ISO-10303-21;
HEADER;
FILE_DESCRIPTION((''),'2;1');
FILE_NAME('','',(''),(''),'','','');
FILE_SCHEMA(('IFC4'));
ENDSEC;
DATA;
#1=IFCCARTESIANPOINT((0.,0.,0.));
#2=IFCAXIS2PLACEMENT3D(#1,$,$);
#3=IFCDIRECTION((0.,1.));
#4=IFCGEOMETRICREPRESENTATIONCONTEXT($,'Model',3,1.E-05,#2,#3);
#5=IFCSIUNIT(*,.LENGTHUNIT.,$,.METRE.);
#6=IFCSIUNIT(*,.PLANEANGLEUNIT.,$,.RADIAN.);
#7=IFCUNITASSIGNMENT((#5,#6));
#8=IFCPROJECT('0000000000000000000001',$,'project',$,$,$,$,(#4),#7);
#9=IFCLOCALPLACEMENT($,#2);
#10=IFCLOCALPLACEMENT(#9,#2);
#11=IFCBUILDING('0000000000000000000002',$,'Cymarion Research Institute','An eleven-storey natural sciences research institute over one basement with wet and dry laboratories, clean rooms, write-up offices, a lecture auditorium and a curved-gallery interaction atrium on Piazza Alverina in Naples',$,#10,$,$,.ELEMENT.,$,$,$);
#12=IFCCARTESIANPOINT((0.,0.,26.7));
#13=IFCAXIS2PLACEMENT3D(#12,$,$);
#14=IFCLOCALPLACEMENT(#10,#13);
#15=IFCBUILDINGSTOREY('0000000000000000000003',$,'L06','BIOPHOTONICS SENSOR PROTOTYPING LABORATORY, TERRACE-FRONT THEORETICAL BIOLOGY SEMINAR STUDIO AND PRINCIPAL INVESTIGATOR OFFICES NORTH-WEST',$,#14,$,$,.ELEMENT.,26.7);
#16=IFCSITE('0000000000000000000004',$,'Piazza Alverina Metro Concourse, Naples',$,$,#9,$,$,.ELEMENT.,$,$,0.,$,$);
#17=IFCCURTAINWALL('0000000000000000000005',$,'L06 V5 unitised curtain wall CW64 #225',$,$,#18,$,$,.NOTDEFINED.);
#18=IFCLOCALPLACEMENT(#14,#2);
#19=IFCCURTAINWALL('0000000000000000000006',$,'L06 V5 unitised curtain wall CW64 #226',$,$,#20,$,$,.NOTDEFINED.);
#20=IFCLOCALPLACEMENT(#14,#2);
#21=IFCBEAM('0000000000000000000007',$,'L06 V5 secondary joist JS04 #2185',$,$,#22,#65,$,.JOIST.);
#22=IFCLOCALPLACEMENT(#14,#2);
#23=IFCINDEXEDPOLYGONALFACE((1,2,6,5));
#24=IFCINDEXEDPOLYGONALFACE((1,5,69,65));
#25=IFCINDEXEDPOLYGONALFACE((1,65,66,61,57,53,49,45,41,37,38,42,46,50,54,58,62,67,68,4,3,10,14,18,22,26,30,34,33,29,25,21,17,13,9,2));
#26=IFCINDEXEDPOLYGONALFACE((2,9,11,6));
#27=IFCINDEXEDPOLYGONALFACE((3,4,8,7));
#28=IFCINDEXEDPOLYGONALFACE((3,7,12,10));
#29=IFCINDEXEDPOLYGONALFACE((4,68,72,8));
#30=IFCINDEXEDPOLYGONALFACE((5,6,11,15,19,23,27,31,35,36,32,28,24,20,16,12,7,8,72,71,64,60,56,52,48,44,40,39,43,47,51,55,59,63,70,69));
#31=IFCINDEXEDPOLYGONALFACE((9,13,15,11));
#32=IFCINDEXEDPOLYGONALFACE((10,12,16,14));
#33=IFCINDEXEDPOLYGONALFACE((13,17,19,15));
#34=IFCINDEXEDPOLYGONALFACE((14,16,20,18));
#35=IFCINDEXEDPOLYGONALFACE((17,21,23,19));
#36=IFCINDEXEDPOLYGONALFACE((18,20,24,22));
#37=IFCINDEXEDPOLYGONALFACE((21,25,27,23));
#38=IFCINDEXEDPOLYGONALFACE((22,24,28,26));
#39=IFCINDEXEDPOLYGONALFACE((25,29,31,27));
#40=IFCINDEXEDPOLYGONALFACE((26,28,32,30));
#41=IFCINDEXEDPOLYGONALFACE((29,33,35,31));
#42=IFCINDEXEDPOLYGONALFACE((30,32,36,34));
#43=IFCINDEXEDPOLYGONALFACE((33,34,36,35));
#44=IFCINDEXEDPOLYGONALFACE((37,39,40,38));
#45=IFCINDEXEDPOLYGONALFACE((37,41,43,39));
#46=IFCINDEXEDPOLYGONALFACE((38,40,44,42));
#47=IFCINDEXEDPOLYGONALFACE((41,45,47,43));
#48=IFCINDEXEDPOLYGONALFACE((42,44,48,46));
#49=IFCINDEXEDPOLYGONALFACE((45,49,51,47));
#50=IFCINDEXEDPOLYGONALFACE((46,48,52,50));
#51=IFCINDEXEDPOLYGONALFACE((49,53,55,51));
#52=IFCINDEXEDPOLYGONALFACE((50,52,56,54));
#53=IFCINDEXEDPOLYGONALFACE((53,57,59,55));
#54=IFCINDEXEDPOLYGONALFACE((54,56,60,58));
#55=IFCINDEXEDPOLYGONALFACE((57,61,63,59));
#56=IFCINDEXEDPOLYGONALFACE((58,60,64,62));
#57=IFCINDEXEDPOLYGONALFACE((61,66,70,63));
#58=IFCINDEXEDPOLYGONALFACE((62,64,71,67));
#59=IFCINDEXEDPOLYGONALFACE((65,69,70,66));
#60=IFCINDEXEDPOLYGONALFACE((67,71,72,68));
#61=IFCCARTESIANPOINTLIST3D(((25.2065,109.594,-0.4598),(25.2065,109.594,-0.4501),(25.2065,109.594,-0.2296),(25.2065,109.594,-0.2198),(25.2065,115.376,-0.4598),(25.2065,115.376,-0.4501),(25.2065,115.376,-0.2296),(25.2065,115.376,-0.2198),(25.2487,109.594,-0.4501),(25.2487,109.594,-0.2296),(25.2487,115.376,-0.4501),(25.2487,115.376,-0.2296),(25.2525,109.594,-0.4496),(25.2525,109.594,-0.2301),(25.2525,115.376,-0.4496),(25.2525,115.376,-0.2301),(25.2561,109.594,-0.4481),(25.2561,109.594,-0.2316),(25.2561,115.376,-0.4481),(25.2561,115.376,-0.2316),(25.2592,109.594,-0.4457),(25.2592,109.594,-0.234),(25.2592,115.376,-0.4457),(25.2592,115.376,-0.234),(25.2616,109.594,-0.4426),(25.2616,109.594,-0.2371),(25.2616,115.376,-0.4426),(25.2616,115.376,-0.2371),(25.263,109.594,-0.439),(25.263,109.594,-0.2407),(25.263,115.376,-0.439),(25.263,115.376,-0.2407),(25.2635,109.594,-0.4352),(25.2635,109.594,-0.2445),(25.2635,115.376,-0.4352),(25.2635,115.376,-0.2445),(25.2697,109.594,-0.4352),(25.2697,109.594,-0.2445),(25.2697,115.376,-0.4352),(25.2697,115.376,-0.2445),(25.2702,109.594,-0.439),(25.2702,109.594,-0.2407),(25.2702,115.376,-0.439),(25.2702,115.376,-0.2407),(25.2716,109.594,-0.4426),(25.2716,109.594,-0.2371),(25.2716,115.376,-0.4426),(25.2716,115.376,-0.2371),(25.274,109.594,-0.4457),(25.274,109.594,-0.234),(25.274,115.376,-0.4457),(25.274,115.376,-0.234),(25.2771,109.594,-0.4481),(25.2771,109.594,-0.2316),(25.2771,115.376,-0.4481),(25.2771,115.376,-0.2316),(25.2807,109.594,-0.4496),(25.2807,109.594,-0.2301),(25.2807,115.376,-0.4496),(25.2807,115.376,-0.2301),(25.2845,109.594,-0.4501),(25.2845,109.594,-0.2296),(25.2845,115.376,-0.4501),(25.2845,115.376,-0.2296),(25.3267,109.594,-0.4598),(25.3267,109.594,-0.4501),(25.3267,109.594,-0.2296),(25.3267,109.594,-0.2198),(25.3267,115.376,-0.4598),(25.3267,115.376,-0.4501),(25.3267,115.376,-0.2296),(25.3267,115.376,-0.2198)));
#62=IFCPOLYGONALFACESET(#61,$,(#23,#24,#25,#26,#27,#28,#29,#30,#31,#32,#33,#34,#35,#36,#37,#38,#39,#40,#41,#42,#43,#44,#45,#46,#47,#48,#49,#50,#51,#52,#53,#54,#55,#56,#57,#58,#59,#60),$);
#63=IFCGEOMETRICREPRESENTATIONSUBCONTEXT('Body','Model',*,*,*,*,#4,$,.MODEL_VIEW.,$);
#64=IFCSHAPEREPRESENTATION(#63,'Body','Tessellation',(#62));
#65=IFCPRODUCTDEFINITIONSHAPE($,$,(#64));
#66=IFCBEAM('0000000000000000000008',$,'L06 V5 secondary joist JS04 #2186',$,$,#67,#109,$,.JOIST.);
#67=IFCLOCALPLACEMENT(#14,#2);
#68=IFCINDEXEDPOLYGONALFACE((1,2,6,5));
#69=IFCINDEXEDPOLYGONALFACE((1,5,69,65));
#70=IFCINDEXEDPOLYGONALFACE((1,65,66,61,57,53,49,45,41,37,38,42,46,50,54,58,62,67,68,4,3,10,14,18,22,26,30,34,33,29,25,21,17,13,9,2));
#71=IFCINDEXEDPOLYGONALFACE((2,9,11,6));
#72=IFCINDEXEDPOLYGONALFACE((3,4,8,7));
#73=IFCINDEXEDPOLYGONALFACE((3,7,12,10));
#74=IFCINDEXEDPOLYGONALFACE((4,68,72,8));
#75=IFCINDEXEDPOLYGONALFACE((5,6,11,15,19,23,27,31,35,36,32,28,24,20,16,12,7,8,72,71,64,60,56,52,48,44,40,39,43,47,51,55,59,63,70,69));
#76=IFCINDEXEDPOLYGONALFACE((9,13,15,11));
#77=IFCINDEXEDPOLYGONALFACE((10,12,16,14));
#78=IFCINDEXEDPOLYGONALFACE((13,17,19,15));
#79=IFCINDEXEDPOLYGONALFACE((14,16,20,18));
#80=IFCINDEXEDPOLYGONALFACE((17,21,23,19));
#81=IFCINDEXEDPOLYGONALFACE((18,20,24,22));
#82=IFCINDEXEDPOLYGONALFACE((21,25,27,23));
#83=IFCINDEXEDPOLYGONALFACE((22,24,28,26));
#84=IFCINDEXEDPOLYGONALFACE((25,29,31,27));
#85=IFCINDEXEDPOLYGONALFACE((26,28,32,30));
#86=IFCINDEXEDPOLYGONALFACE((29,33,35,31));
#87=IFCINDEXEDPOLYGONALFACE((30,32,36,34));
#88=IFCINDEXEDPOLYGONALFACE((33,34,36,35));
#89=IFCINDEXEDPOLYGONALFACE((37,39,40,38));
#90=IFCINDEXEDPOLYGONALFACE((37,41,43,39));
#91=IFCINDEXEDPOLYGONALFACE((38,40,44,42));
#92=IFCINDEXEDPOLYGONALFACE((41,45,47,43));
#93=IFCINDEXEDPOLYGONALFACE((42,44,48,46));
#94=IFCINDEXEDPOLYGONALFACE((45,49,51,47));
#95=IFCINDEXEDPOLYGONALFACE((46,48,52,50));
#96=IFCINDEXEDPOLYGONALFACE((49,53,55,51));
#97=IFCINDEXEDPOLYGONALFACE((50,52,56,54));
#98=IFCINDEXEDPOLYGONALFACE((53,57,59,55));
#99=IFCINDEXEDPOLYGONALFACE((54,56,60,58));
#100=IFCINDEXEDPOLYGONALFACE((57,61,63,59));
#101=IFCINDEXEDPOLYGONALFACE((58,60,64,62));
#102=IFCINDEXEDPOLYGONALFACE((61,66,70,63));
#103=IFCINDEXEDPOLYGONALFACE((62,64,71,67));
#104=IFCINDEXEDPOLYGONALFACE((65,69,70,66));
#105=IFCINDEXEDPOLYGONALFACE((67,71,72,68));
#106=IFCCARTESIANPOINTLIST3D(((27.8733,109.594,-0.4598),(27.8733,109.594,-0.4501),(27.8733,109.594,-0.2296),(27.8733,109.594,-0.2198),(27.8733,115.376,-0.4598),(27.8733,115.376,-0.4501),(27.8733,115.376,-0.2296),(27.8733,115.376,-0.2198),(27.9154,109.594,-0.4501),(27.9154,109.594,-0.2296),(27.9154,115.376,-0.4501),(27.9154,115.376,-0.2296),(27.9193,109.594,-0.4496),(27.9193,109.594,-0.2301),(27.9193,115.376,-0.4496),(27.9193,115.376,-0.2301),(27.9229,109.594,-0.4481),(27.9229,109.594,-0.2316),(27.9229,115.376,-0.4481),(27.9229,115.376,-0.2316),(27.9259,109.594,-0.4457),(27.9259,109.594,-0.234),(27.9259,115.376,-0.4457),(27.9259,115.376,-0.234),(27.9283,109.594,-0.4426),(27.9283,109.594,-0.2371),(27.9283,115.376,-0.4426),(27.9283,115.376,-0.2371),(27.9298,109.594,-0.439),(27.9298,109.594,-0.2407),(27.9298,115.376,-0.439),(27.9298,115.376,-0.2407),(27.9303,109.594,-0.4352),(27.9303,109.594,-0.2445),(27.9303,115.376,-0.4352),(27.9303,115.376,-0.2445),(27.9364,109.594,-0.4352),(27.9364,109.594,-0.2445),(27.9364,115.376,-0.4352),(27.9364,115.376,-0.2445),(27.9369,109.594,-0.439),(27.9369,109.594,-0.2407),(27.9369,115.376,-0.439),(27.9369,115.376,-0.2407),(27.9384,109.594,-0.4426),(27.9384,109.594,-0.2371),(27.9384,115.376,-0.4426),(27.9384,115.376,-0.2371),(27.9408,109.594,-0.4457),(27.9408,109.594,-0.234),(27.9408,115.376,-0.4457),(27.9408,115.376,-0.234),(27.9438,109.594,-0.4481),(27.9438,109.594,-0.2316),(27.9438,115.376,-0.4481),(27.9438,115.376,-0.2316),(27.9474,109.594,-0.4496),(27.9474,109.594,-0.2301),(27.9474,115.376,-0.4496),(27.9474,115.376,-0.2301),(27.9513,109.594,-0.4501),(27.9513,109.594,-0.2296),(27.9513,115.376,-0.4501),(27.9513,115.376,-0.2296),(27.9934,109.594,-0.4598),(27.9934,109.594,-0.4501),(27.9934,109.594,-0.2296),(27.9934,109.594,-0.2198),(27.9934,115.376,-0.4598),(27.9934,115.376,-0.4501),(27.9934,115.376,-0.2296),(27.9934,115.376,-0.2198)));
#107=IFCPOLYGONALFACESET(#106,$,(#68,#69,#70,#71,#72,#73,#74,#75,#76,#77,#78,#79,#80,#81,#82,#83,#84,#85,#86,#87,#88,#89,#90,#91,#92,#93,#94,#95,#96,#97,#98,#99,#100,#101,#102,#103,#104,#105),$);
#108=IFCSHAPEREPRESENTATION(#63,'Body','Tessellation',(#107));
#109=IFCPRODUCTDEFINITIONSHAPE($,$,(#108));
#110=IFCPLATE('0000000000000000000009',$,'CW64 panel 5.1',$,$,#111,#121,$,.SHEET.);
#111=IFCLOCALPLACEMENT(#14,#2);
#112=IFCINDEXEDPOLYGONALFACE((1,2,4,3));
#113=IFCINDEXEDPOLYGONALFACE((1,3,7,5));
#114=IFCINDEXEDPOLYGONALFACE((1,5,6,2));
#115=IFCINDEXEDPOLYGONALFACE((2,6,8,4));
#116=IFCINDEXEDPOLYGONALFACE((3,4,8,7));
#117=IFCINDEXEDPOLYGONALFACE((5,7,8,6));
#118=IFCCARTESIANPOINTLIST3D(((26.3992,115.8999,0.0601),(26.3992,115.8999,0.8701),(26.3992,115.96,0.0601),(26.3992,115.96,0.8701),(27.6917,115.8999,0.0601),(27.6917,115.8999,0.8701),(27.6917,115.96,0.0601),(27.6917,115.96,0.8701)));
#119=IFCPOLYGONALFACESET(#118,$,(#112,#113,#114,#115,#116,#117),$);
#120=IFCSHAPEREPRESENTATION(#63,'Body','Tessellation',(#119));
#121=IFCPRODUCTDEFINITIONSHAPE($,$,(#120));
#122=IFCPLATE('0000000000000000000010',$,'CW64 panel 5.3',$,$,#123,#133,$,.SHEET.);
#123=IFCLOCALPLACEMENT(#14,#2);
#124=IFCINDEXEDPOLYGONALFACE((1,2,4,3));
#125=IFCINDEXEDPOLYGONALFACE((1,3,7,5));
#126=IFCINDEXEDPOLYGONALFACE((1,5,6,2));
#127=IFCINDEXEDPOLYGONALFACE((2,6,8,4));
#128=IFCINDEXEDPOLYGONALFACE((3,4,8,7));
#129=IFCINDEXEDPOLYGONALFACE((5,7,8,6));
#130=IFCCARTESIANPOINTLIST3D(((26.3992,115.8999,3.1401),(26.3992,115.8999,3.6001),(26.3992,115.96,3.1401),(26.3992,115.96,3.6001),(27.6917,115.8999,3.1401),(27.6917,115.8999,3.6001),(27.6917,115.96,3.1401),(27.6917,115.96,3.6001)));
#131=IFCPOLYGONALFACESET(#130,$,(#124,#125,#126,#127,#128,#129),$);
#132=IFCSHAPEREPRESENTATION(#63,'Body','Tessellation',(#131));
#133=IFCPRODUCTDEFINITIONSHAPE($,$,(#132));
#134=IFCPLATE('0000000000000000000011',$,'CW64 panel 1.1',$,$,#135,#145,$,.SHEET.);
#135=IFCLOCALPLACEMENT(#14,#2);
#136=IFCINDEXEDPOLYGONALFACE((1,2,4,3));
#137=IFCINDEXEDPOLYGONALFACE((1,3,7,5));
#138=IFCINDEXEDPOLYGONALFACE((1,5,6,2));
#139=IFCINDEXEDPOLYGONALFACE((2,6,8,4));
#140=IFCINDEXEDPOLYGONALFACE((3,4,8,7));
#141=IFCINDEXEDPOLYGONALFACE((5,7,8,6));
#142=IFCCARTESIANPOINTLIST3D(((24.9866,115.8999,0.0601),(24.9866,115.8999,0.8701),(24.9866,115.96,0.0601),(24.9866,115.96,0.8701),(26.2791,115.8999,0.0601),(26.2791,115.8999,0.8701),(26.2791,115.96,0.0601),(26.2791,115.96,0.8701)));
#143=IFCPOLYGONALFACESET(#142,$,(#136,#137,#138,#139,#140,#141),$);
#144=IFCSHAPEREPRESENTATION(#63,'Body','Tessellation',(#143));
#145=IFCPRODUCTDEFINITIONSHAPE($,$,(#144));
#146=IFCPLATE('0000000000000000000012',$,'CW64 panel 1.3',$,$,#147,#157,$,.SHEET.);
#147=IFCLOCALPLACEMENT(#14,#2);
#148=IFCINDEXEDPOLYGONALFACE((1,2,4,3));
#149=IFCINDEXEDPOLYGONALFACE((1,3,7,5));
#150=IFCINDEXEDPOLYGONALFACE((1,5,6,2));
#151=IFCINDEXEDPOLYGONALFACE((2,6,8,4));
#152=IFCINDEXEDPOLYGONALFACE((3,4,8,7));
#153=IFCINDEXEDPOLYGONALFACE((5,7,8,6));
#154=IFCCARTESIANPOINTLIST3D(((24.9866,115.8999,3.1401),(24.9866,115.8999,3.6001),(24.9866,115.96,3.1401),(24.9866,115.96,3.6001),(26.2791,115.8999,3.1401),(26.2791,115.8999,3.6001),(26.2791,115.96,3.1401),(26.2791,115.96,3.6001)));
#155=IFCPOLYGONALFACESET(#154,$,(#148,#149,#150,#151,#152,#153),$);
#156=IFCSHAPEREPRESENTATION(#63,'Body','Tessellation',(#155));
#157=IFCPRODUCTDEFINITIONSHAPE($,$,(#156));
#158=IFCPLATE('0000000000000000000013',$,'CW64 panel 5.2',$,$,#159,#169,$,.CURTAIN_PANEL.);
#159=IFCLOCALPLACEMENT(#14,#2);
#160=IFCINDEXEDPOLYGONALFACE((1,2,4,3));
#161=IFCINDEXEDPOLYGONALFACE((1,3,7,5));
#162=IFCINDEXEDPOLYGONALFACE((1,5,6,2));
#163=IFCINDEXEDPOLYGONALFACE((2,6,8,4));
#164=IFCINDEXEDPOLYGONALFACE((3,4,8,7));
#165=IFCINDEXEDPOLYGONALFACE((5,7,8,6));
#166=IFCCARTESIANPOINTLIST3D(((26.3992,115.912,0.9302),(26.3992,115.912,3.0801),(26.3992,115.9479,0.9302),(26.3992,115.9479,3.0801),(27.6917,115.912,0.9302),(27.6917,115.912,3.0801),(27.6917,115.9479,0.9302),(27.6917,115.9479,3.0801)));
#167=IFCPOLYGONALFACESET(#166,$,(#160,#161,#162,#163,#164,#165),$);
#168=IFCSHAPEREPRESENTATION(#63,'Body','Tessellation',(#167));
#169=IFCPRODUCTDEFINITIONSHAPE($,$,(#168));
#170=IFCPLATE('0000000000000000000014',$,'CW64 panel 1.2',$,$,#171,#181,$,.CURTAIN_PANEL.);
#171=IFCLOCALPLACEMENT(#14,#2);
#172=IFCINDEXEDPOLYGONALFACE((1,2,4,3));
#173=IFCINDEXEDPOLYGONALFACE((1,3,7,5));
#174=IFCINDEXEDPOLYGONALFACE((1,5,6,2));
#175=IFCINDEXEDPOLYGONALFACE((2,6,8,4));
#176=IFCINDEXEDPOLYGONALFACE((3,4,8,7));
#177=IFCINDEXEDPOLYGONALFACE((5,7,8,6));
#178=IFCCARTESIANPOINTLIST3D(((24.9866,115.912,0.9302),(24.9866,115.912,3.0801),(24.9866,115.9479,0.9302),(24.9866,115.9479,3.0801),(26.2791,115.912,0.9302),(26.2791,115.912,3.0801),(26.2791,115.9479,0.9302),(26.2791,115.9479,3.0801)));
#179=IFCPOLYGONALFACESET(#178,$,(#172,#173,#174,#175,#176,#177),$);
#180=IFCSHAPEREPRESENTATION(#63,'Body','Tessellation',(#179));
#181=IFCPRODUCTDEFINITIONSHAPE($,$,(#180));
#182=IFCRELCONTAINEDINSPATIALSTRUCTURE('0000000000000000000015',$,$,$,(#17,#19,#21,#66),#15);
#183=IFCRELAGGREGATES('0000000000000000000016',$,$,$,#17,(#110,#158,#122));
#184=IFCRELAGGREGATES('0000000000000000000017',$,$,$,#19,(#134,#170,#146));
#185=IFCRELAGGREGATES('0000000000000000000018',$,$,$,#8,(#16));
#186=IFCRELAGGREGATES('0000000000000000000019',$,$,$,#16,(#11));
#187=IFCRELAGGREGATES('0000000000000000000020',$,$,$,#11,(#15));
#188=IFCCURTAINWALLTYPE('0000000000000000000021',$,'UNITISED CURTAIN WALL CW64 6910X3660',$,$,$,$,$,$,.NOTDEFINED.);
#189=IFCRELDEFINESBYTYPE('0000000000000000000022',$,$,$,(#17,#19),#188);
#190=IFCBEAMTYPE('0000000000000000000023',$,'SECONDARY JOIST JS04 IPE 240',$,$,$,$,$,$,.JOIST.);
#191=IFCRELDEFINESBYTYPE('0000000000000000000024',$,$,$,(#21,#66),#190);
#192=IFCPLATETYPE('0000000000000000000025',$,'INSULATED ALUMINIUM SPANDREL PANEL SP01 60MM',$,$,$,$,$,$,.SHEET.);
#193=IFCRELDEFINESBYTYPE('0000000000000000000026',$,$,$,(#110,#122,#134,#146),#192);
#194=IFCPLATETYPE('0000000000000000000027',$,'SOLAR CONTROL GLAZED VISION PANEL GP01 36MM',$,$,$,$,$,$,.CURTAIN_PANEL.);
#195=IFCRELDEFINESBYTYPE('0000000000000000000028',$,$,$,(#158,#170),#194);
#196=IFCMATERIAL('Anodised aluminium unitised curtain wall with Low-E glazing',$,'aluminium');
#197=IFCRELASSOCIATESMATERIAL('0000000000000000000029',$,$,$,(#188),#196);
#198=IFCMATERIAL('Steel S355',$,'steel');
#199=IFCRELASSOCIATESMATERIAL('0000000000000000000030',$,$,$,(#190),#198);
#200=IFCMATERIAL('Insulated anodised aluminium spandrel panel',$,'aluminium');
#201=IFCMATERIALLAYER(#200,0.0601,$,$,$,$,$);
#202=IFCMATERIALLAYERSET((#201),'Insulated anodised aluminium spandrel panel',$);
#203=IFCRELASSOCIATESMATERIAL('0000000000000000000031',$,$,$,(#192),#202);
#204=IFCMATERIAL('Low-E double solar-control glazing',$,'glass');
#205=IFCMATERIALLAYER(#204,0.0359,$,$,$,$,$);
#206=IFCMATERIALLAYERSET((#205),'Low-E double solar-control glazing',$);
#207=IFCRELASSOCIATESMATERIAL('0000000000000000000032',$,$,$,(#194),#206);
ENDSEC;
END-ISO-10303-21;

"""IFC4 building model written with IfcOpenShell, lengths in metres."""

from ifc_helpers import new_model, si_unit, direction, frame, origin, origin_2d, place, context, subcontext, project, spatial, rectangle, i_section, extrude, material, layer, layer_set, material_profile, profile_set, type_object, element, aggregate, save


model = new_model("IFC4")

# Units and contexts
model_context = context("Model", 3, precision=1e-05, world=origin(), true_north=direction((0.0, 1.0)))
body_context = subcontext(model_context, "Body", "Model", "MODEL_VIEW")
ifc_project = project(units=[si_unit("LENGTHUNIT", "METRE"), si_unit("PLANEANGLEUNIT", "RADIAN")], contexts=[model_context])

# Site, building, storey
site_placement = place(None, origin())
site = spatial("IfcSite", under=ifc_project, at=site_placement, Name="Piazza Alverina Metro Concourse, Naples", CompositionType="ELEMENT", RefElevation=0.0)
building_placement = place(site_placement, origin())
building = spatial("IfcBuilding", under=site, at=building_placement, Name="Cymarion Research Institute", Description="An eleven-storey natural sciences research institute over one basement with wet and dry laboratories, clean rooms, write-up offices, a lecture auditorium and a curved-gallery interaction atrium on Piazza Alverina in Naples", CompositionType="ELEMENT")
storey_placement = place(building_placement, frame((0.0, 0.0, 26.7)))
storey = spatial("IfcBuildingStorey", under=building, at=storey_placement, Name="L06", Description="BIOPHOTONICS SENSOR PROTOTYPING LABORATORY, TERRACE-FRONT THEORETICAL BIOLOGY SEMINAR STUDIO AND PRINCIPAL INVESTIGATOR OFFICES NORTH-WEST", CompositionType="ELEMENT", Elevation=26.7)

# Curtain wall
ifc_material_1 = material(Name="Anodised aluminium unitised curtain wall with Low-E glazing", Category="aluminium")
curtain_wall_type = type_object("IfcCurtainWallType", Name="UNITISED CURTAIN WALL CW64 6910X3660", PredefinedType="NOTDEFINED", material=ifc_material_1)
curtain_wall_1_placement = place(storey_placement, origin())
curtain_wall_1 = element("IfcCurtainWall", 1, at=curtain_wall_1_placement, inside=storey, type_object=curtain_wall_type, Name="L06 V5 unitised curtain wall CW64 #225", PredefinedType="NOTDEFINED")

# Curtain wall
curtain_wall_2_placement = place(storey_placement, origin())
curtain_wall_2 = element("IfcCurtainWall", 2, at=curtain_wall_2_placement, inside=storey, type_object=curtain_wall_type, Name="L06 V5 unitised curtain wall CW64 #226", PredefinedType="NOTDEFINED")

# Beams
ifc_material_2 = material(Name="Steel S355", Category="steel")
ifc_material_profile_1 = material_profile(ifc_material_2, i_section(OverallWidth=0.1201, OverallDepth=0.24, WebThickness=0.0061, FlangeThickness=0.0098, FilletRadius=0.0149, at=origin_2d()), Name="IPE 240")
ifc_profile_set_1 = profile_set([ifc_material_profile_1], Name="Steel S355")
beam_type = type_object("IfcBeamType", Name="SECONDARY JOIST JS04 IPE 240", PredefinedType="JOIST", material=ifc_profile_set_1)
for number, where, z_axis, x_axis, name in (
    (3, (25.2666, 109.594, -0.3398), (0.0, 1.0, 0.0), (-1.0, 0.0, 0.0), "L06 V5 secondary joist JS04 #2185"),
    (4, (27.9333, 109.594, -0.3398), (0.0, 1.0, 0.0), (-1.0, 0.0, 0.0), "L06 V5 secondary joist JS04 #2186"),
):
    element("IfcBeam", number, at=place(storey_placement, frame(where, z_axis=z_axis, x_axis=x_axis)), inside=storey, type_object=beam_type, Name=name, PredefinedType="JOIST", context=body_context, shape_type="SweptSolid", body=[
        extrude(i_section(OverallWidth=0.1201, OverallDepth=0.24, WebThickness=0.0061, FlangeThickness=0.0098, FilletRadius=0.0149, at=origin_2d()), origin(), (0.0, 0.0, 1.0), 5.782),
    ])

# Plates
ifc_material_3 = material(Name="Insulated anodised aluminium spandrel panel", Category="aluminium")
ifc_layer_1 = layer(ifc_material_3, 0.0601)
ifc_layer_set_1 = layer_set([ifc_layer_1], Name="Insulated anodised aluminium spandrel panel")
plate_type_1 = type_object("IfcPlateType", Name="INSULATED ALUMINIUM SPANDREL PANEL SP01 60MM", PredefinedType="SHEET", material=ifc_layer_set_1)
plate_1_placement = place(storey_placement, frame((27.0454, 115.9299, 0.0601), z_axis=(0.0, 0.0, 1.0), x_axis=(-1.0, 0.0, 0.0)))
plate_1 = element("IfcPlate", 5, at=plate_1_placement, type_object=plate_type_1, Name="CW64 panel 5.1", PredefinedType="SHEET", context=body_context, shape_type="SweptSolid", body=[
    extrude(rectangle(XDim=1.2925, YDim=0.0601, at=origin_2d()), origin(), (0.0, 0.0, 1.0), 0.8101),
])
plate_2_placement = place(storey_placement, frame((27.0454, 115.9299, 3.1401), z_axis=(0.0, 0.0, 1.0), x_axis=(-1.0, 0.0, 0.0)))
plate_2 = element("IfcPlate", 6, at=plate_2_placement, type_object=plate_type_1, Name="CW64 panel 5.3", PredefinedType="SHEET", context=body_context, shape_type="SweptSolid", body=[
    extrude(rectangle(XDim=1.2925, YDim=0.0601, at=origin_2d()), origin(), (0.0, 0.0, 1.0), 0.46),
])
plate_3_placement = place(storey_placement, frame((25.6328, 115.9299, 0.0601), z_axis=(0.0, 0.0, 1.0), x_axis=(-1.0, 0.0, 0.0)))
plate_3 = element("IfcPlate", 7, at=plate_3_placement, type_object=plate_type_1, Name="CW64 panel 1.1", PredefinedType="SHEET", context=body_context, shape_type="SweptSolid", body=[
    extrude(rectangle(XDim=1.2925, YDim=0.0601, at=origin_2d()), origin(), (0.0, 0.0, 1.0), 0.8101),
])
plate_4_placement = place(storey_placement, frame((25.6328, 115.9299, 3.1401), z_axis=(0.0, 0.0, 1.0), x_axis=(-1.0, 0.0, 0.0)))
plate_4 = element("IfcPlate", 8, at=plate_4_placement, type_object=plate_type_1, Name="CW64 panel 1.3", PredefinedType="SHEET", context=body_context, shape_type="SweptSolid", body=[
    extrude(rectangle(XDim=1.2925, YDim=0.0601, at=origin_2d()), origin(), (0.0, 0.0, 1.0), 0.46),
])
ifc_material_4 = material(Name="Low-E double solar-control glazing", Category="glass")
ifc_layer_2 = layer(ifc_material_4, 0.0359)
ifc_layer_set_2 = layer_set([ifc_layer_2], Name="Low-E double solar-control glazing")
plate_type_2 = type_object("IfcPlateType", Name="SOLAR CONTROL GLAZED VISION PANEL GP01 36MM", PredefinedType="CURTAIN_PANEL", material=ifc_layer_set_2)
plate_5_placement = place(storey_placement, frame((27.0454, 115.9299, 0.9302), z_axis=(0.0, 0.0, 1.0), x_axis=(-1.0, 0.0, 0.0)))
plate_5 = element("IfcPlate", 9, at=plate_5_placement, type_object=plate_type_2, Name="CW64 panel 5.2", PredefinedType="CURTAIN_PANEL", context=body_context, shape_type="SweptSolid", body=[
    extrude(rectangle(XDim=1.2925, YDim=0.0359, at=origin_2d()), origin(), (0.0, 0.0, 1.0), 2.1499),
])
aggregate(curtain_wall_1, [plate_1, plate_5, plate_2])
plate_6_placement = place(storey_placement, frame((25.6328, 115.9299, 0.9302), z_axis=(0.0, 0.0, 1.0), x_axis=(-1.0, 0.0, 0.0)))
plate_6 = element("IfcPlate", 10, at=plate_6_placement, type_object=plate_type_2, Name="CW64 panel 1.2", PredefinedType="CURTAIN_PANEL", context=body_context, shape_type="SweptSolid", body=[
    extrude(rectangle(XDim=1.2925, YDim=0.0359, at=origin_2d()), origin(), (0.0, 0.0, 1.0), 2.1499),
])
aggregate(curtain_wall_2, [plate_3, plate_6, plate_4])

save(model, "model.ifc")
